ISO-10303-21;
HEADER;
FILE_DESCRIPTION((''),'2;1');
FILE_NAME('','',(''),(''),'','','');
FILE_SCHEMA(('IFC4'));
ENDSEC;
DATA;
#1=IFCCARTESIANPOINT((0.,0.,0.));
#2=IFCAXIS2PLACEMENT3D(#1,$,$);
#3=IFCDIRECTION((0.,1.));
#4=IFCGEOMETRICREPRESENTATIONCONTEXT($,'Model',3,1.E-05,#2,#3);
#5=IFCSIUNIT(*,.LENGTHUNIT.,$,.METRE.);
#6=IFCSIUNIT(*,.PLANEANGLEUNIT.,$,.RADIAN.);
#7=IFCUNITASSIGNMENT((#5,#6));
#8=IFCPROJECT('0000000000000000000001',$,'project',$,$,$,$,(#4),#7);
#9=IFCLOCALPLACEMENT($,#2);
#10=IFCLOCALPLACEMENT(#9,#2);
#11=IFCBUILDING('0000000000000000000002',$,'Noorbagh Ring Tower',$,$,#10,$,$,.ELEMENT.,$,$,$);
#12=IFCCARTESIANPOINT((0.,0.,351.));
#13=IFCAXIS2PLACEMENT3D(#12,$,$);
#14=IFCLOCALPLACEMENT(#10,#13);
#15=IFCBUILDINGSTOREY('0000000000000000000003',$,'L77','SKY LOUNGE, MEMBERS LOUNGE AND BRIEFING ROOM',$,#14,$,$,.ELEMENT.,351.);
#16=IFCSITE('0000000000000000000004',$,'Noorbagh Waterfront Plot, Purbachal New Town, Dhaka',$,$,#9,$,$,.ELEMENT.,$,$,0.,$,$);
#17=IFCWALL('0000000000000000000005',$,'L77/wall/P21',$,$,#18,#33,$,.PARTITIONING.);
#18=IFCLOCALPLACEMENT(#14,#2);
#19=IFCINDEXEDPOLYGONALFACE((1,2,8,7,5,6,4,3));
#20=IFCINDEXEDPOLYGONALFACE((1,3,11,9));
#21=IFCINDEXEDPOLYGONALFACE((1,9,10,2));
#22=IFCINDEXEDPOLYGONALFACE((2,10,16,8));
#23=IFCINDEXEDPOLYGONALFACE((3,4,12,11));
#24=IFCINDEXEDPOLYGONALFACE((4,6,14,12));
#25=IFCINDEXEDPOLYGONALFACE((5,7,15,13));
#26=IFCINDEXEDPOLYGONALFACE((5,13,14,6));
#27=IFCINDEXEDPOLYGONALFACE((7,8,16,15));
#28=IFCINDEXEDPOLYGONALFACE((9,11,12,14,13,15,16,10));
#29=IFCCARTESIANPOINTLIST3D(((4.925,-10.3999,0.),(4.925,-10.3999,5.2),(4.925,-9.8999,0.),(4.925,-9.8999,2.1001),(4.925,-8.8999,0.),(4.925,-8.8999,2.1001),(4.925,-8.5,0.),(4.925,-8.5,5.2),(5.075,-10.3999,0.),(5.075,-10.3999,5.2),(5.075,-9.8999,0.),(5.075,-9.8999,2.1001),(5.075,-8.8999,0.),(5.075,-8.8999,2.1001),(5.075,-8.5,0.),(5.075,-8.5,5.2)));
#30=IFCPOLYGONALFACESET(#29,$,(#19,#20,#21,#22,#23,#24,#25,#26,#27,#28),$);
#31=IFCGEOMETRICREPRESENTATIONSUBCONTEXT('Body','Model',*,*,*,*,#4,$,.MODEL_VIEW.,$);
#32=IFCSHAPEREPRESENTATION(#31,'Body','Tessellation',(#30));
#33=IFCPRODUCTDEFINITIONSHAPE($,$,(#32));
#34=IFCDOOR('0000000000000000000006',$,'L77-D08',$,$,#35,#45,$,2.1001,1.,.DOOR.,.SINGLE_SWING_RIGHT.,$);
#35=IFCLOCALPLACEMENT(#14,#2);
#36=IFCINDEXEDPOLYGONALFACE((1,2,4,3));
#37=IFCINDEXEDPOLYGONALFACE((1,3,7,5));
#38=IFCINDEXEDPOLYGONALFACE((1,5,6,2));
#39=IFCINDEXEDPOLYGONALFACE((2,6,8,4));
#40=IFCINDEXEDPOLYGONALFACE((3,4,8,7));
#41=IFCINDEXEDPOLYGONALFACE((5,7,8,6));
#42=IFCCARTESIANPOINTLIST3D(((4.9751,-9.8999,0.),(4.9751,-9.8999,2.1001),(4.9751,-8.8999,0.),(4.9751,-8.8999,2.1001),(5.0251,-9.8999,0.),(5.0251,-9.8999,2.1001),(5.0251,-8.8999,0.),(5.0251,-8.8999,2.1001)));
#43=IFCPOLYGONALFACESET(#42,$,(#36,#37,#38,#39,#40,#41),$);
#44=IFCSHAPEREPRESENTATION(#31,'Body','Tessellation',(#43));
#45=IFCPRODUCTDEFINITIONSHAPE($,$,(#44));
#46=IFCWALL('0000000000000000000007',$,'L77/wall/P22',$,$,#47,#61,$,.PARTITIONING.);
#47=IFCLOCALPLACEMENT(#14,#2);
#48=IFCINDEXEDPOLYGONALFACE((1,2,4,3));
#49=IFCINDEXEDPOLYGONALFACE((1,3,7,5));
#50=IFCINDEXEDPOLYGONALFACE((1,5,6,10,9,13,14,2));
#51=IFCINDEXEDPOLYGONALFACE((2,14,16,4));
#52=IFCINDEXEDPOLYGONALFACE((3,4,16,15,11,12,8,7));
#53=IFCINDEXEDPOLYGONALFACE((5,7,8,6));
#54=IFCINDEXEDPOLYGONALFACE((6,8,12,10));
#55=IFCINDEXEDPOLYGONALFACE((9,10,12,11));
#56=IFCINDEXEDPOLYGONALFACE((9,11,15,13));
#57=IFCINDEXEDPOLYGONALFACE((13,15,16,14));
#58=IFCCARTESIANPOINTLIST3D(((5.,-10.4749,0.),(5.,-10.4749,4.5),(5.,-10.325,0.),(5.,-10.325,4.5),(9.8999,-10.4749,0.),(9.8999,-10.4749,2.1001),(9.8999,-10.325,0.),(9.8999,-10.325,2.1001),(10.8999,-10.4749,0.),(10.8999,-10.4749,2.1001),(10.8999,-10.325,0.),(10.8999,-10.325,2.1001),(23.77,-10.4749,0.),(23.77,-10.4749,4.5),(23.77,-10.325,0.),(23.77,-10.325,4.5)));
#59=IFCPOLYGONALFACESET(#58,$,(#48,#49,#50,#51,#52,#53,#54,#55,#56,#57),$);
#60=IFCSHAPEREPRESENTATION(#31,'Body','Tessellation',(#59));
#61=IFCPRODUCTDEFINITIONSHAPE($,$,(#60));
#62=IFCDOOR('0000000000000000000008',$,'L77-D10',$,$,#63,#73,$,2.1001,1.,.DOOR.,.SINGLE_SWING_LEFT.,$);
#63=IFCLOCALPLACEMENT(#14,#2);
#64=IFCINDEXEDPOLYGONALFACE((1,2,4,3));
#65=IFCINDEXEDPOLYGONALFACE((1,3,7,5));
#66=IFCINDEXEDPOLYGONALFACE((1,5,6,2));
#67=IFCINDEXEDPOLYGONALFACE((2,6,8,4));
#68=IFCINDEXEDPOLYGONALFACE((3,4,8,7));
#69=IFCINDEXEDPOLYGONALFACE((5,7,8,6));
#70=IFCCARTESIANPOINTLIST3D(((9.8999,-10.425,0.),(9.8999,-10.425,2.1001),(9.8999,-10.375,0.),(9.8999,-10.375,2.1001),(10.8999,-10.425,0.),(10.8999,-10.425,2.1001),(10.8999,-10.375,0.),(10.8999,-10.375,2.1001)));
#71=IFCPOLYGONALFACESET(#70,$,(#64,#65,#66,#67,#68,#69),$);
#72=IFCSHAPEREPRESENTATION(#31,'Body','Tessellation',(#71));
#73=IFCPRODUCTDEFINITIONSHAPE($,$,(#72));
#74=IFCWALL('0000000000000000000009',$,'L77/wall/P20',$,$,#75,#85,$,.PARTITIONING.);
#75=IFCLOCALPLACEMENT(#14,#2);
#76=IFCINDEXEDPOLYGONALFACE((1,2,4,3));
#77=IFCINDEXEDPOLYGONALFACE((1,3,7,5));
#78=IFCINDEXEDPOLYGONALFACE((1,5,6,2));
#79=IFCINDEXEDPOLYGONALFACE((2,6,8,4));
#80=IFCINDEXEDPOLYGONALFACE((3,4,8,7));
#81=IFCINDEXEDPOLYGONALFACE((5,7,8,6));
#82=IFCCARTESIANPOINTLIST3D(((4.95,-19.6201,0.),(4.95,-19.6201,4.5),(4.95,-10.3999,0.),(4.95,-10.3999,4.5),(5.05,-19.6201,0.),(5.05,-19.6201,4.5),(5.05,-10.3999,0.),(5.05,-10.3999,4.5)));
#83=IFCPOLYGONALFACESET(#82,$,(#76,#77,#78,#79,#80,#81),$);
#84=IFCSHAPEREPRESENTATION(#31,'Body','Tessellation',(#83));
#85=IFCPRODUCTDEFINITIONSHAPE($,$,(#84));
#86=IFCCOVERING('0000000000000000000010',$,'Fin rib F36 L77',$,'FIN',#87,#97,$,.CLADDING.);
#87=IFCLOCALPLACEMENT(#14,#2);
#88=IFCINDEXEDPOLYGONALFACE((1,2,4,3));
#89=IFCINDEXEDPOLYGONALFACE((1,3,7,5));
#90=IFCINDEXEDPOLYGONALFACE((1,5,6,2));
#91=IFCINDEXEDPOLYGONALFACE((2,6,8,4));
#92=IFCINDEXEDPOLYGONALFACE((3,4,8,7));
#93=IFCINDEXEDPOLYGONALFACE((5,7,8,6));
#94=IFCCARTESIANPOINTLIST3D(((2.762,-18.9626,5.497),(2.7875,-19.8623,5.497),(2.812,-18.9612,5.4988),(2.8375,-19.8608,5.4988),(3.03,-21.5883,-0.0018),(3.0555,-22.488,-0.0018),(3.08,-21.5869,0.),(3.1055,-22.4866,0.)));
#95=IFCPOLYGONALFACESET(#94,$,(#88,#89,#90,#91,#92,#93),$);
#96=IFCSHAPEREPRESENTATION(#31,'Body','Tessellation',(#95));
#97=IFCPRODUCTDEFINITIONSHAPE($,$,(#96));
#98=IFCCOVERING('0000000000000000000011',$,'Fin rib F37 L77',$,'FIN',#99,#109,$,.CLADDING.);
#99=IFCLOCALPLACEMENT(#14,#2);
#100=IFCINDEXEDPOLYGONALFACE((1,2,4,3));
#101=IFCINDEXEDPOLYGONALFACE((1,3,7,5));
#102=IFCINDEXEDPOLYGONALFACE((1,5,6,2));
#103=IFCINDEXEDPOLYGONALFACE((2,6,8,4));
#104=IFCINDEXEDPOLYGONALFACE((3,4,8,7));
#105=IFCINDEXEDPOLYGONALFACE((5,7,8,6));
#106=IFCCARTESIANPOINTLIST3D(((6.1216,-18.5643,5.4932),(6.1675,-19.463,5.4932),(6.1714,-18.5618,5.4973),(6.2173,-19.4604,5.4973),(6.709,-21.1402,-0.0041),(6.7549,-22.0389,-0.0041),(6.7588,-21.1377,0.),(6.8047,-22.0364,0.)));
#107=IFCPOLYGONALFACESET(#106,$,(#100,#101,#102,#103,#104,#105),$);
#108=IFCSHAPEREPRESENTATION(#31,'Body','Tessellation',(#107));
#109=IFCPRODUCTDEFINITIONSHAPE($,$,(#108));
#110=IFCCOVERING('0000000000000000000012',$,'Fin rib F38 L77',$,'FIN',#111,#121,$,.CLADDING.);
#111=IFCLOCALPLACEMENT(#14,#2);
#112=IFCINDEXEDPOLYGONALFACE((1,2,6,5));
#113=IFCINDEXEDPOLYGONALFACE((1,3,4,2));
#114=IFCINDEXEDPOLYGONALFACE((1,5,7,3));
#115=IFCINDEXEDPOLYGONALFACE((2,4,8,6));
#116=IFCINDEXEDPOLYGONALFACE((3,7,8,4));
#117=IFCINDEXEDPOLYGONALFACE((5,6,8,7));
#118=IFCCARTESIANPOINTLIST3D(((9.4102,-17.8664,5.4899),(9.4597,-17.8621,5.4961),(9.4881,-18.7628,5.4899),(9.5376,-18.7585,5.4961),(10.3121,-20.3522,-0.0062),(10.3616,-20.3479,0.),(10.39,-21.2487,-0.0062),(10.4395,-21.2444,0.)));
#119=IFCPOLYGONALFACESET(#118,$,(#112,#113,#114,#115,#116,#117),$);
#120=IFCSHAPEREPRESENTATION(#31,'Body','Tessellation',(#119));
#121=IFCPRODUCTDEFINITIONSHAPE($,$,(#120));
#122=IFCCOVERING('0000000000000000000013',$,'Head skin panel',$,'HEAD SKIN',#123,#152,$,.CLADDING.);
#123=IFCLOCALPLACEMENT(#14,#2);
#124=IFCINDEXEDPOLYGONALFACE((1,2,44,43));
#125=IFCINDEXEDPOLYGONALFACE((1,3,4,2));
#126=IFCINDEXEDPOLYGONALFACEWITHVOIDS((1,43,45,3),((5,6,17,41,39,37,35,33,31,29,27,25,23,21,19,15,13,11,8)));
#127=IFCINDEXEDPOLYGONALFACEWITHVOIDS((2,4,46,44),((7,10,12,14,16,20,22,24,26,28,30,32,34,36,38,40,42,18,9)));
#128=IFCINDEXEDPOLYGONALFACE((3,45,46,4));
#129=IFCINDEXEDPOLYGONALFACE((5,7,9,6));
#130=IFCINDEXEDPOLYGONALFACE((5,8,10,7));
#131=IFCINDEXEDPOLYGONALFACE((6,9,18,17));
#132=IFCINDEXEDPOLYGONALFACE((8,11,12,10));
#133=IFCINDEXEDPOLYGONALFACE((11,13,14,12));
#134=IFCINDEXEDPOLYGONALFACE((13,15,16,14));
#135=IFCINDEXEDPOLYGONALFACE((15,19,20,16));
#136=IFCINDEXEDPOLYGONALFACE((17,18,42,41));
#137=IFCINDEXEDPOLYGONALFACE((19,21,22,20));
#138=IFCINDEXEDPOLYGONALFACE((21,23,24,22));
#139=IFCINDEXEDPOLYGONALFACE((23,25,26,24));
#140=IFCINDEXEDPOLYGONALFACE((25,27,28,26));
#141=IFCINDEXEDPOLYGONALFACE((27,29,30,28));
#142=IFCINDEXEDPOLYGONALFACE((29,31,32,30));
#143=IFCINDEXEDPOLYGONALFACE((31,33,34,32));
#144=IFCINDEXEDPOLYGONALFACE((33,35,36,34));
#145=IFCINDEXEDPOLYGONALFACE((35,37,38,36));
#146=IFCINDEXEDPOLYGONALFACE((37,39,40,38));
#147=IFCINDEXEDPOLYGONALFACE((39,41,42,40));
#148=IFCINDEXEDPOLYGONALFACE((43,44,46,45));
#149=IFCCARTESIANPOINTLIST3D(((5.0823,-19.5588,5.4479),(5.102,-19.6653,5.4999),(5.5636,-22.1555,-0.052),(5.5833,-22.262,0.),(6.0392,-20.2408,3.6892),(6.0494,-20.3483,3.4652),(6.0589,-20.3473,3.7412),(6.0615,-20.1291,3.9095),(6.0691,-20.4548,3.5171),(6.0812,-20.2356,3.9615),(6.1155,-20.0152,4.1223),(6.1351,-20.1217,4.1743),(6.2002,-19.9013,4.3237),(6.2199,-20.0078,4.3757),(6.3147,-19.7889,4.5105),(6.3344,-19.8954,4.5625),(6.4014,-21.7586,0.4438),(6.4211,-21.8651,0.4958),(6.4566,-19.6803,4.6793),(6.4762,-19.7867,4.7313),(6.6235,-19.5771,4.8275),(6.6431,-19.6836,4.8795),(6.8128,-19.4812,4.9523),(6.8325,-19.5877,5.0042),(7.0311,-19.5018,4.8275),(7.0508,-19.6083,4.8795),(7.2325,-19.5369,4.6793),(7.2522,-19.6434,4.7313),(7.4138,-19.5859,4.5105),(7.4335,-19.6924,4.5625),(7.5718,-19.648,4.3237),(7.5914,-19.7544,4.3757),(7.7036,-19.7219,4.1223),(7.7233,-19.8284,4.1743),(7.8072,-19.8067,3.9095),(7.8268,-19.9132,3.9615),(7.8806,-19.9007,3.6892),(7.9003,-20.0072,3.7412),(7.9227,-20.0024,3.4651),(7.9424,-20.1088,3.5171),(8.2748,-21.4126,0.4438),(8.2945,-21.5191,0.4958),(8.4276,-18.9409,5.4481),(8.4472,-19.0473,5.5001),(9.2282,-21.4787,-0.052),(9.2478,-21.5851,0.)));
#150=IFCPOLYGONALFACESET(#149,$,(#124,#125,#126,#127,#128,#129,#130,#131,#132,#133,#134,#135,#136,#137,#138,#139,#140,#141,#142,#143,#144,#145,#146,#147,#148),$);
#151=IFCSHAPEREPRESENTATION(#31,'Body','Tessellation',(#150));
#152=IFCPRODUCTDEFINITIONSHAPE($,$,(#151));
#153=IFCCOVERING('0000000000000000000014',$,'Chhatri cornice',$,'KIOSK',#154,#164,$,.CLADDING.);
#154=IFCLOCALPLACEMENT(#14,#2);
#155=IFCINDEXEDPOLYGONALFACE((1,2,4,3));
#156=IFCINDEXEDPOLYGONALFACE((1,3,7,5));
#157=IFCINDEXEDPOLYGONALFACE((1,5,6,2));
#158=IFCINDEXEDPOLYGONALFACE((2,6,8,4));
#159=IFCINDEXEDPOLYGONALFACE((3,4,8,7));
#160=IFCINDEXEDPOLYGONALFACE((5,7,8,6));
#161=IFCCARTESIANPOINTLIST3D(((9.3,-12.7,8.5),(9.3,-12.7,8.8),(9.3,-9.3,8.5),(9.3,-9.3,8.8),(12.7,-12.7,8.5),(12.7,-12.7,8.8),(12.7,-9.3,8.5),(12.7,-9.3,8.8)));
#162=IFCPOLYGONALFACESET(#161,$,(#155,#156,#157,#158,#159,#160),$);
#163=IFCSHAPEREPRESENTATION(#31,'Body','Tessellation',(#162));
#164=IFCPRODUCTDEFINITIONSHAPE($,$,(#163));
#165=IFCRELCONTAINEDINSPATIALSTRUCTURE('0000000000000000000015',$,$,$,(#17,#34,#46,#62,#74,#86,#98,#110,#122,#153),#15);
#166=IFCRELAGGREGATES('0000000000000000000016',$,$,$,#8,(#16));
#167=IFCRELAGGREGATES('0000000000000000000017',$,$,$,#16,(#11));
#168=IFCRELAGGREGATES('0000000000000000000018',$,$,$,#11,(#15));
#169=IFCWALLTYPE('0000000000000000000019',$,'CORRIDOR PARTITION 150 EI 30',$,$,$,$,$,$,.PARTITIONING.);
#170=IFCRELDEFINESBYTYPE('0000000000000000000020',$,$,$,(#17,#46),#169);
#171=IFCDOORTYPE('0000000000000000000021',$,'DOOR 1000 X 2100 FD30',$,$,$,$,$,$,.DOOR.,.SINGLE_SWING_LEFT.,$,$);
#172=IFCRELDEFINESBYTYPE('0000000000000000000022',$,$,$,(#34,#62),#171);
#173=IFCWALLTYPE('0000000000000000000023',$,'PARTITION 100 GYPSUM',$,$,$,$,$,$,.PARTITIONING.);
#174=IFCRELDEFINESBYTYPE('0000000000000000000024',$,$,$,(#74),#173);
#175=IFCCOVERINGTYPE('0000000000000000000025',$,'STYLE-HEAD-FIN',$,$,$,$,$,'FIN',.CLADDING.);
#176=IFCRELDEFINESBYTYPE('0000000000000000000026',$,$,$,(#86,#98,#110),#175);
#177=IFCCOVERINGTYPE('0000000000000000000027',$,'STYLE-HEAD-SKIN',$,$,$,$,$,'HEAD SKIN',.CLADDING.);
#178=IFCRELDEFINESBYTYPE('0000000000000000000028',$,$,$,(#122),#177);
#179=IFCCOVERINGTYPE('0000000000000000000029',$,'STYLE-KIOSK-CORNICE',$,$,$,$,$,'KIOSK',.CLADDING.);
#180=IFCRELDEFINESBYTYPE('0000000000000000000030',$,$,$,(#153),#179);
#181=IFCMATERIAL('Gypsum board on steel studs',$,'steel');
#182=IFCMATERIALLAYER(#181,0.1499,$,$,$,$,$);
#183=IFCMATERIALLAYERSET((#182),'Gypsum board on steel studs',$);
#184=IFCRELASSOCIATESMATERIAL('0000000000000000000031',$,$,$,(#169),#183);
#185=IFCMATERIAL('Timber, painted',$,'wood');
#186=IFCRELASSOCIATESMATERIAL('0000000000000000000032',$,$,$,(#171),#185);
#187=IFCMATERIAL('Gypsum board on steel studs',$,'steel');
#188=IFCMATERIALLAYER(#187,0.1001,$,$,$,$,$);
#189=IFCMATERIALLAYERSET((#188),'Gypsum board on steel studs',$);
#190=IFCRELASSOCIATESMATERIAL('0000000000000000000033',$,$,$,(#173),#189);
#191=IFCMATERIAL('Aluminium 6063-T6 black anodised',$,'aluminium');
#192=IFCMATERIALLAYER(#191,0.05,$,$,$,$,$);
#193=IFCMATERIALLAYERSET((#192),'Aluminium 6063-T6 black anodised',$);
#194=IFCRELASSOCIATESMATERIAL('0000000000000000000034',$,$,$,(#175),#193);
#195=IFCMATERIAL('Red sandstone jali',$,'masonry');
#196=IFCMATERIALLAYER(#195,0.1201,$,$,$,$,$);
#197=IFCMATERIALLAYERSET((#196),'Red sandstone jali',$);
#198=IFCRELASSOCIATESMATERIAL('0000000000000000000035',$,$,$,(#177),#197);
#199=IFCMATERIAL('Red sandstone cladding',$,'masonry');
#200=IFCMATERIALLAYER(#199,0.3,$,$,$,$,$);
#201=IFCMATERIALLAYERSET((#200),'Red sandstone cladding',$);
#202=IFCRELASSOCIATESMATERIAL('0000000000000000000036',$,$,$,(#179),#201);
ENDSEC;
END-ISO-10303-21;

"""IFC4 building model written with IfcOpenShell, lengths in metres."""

from ifc_helpers import new_model, si_unit, direction, frame, frame_2d, origin, origin_2d, place, context, subcontext, project, spatial, polyline, rectangle, outline, extrude, material, layer, layer_set, type_object, element, fill, save


model = new_model("IFC4")

# Units and contexts
model_context = context("Model", 3, precision=1e-05, world=origin(), true_north=direction((0.0, 1.0)))
body_context = subcontext(model_context, "Body", "Model", "MODEL_VIEW")
ifc_project = project(units=[si_unit("LENGTHUNIT", "METRE"), si_unit("PLANEANGLEUNIT", "RADIAN")], contexts=[model_context])

# Site, building, storey
site_placement = place(None, origin())
site = spatial("IfcSite", under=ifc_project, at=site_placement, Name="Noorbagh Waterfront Plot, Purbachal New Town, Dhaka", CompositionType="ELEMENT", RefElevation=0.0)
building_placement = place(site_placement, origin())
building = spatial("IfcBuilding", under=site, at=building_placement, Name="Noorbagh Ring Tower", CompositionType="ELEMENT")
storey_placement = place(building_placement, frame((0.0, 0.0, 351.0)))
storey = spatial("IfcBuildingStorey", under=building, at=storey_placement, Name="L77", Description="SKY LOUNGE, MEMBERS LOUNGE AND BRIEFING ROOM", CompositionType="ELEMENT", Elevation=351.0)

# Walls, openings, doors
ifc_material_1 = material(Name="Gypsum board on steel studs", Category="steel")
ifc_layer_1 = layer(ifc_material_1, 0.1499)
ifc_layer_set_1 = layer_set([ifc_layer_1], Name="Gypsum board on steel studs")
wall_type_1 = type_object("IfcWallType", Name="CORRIDOR PARTITION 150 EI 30", PredefinedType="PARTITIONING", material=ifc_layer_set_1)
wall_1_placement = place(storey_placement, frame((5.0, -10.3999, 0.0), z_axis=(0.0, 0.0, 1.0), x_axis=(0.0, 1.0, 0.0)))
wall_1 = element("IfcWall", 1, at=wall_1_placement, inside=storey, type_object=wall_type_1, Name="L77/wall/P21", PredefinedType="PARTITIONING", context=body_context, shape_type="SweptSolid", body=[
    extrude(rectangle(XDim=1.8999, YDim=0.1499, at=frame_2d((0.95, 0.0))), origin(), (0.0, 0.0, 1.0), 5.2),
])
opening_1_placement = place(wall_1_placement, frame((0.5, 0.0, 0.0)))
opening_1 = element("IfcOpeningElement", 2, at=opening_1_placement, cuts=wall_1, PredefinedType="OPENING", context=body_context, shape_type="SweptSolid", body=[
    extrude(rectangle(XDim=1.0, YDim=2.1001, at=frame_2d((0.5, 1.05))), frame((0.0, 0.085, 0.0), z_axis=(0.0, -1.0, 0.0), x_axis=(1.0, 0.0, 0.0)), (0.0, 0.0, 1.0), 0.1699),
])
ifc_material_2 = material(Name="Timber, painted", Category="wood")
door_type = type_object("IfcDoorType", Name="DOOR 1000 X 2100 FD30", OperationType="SINGLE_SWING_LEFT", PredefinedType="DOOR", material=ifc_material_2)
door_1_placement = place(opening_1_placement, origin())
door_1 = element("IfcDoor", 3, at=door_1_placement, inside=storey, type_object=door_type, Name="L77-D08", OperationType="SINGLE_SWING_RIGHT", OverallHeight=2.1001, OverallWidth=1.0, PredefinedType="DOOR", context=body_context, shape_type="SweptSolid", body=[
    extrude(rectangle(XDim=1.0, YDim=2.1001, at=frame_2d((0.5, 1.05))), frame((0.0, 0.0249, 0.0), z_axis=(0.0, -1.0, 0.0), x_axis=(1.0, 0.0, 0.0)), (0.0, 0.0, 1.0), 0.05),
])
fill(opening_1, door_1)
wall_2_placement = place(storey_placement, frame((5.0, -10.3999, 0.0), z_axis=(0.0, 0.0, 1.0), x_axis=(1.0, 0.0, 0.0)))
wall_2 = element("IfcWall", 4, at=wall_2_placement, inside=storey, type_object=wall_type_1, Name="L77/wall/P22", PredefinedType="PARTITIONING", context=body_context, shape_type="SweptSolid", body=[
    extrude(rectangle(XDim=18.77, YDim=0.1499, at=frame_2d((9.385, 0.0))), origin(), (0.0, 0.0, 1.0), 4.5),
])
opening_2_placement = place(wall_2_placement, frame((4.8999, 0.0, 0.0)))
opening_2 = element("IfcOpeningElement", 5, at=opening_2_placement, cuts=wall_2, PredefinedType="OPENING", context=body_context, shape_type="SweptSolid", body=[
    extrude(rectangle(XDim=1.0, YDim=2.1001, at=frame_2d((0.5, 1.05))), frame((0.0, 0.085, 0.0), z_axis=(0.0, -1.0, 0.0), x_axis=(1.0, 0.0, 0.0)), (0.0, 0.0, 1.0), 0.1699),
])
door_2_placement = place(opening_2_placement, origin())
door_2 = element("IfcDoor", 6, at=door_2_placement, inside=storey, type_object=door_type, Name="L77-D10", OperationType="SINGLE_SWING_LEFT", OverallHeight=2.1001, OverallWidth=1.0, PredefinedType="DOOR", context=body_context, shape_type="SweptSolid", body=[
    extrude(rectangle(XDim=1.0, YDim=2.1001, at=frame_2d((0.5, 1.05))), frame((0.0, 0.0249, 0.0), z_axis=(0.0, -1.0, 0.0), x_axis=(1.0, 0.0, 0.0)), (0.0, 0.0, 1.0), 0.05),
])
fill(opening_2, door_2)

# Wall
ifc_material_3 = material(Name="Gypsum board on steel studs", Category="steel")
ifc_layer_2 = layer(ifc_material_3, 0.1001)
ifc_layer_set_2 = layer_set([ifc_layer_2], Name="Gypsum board on steel studs")
wall_type_2 = type_object("IfcWallType", Name="PARTITION 100 GYPSUM", PredefinedType="PARTITIONING", material=ifc_layer_set_2)
wall_3_placement = place(storey_placement, frame((5.0, -19.6201, 0.0), z_axis=(0.0, 0.0, 1.0), x_axis=(0.0, 1.0, 0.0)))
element("IfcWall", 7, at=wall_3_placement, inside=storey, type_object=wall_type_2, Name="L77/wall/P20", PredefinedType="PARTITIONING", context=body_context, shape_type="SweptSolid", body=[
    extrude(rectangle(XDim=9.2202, YDim=0.1001, at=frame_2d((4.6101, 0.0))), origin(), (0.0, 0.0, 1.0), 4.5),
])

# Coverings
ifc_material_4 = material(Name="Aluminium 6063-T6 black anodised", Category="aluminium")
ifc_layer_3 = layer(ifc_material_4, 0.05)
ifc_layer_set_3 = layer_set([ifc_layer_3], Name="Aluminium 6063-T6 black anodised")
covering_type_1 = type_object("IfcCoveringType", Name="STYLE-HEAD-FIN", ElementType="FIN", PredefinedType="CLADDING", material=ifc_layer_set_3)
covering_1_placement = place(storey_placement, frame((3.1055, -22.4866, 0.0), z_axis=(0.99898, 0.028329, 0.035151), x_axis=(-0.04393, 0.430489, 0.901526)))
element("IfcCovering", 8, at=covering_1_placement, inside=storey, type_object=covering_type_1, Name="Fin rib F36 L77", ObjectType="FIN", PredefinedType="CLADDING", context=body_context, shape_type="SweptSolid", body=[
    extrude(outline(polyline([(0.0, 0.0), (6.0994, 0.0), (6.4878, -0.8119), (0.3884, -0.8119), (0.0, 0.0)])), origin(), (0.0, 0.0, -1.0), 0.05),
])
covering_2_placement = place(storey_placement, frame((6.8047, -22.0364, 0.0), z_axis=(0.995291, 0.050833, 0.08253), x_axis=(-0.096307, 0.422335, 0.901309)))
element("IfcCovering", 9, at=covering_2_placement, inside=storey, type_object=covering_type_1, Name="Fin rib F37 L77", ObjectType="FIN", PredefinedType="CLADDING", context=body_context, shape_type="SweptSolid", body=[
    extrude(outline(polyline([(0.0, 0.0), (6.0993, 0.0), (6.4832, -0.8138), (0.384, -0.8138), (0.0, 0.0)])), origin(), (0.0, 0.0, -1.0), 0.05),
])
covering_3_placement = place(storey_placement, frame((10.4395, -21.2444, 0.0), z_axis=(0.988636, 0.085886, 0.12338), x_axis=(-0.147865, 0.407571, 0.901123)))
element("IfcCovering", 10, at=covering_3_placement, inside=storey, type_object=covering_type_1, Name="Fin rib F38 L77", ObjectType="FIN", PredefinedType="CLADDING", context=body_context, shape_type="SweptSolid", body=[
    extrude(outline(polyline([(0.0, 0.0), (6.0992, 0.0), (6.4761, -0.8171), (0.3769, -0.8171), (0.0, 0.0)])), origin(), (0.0, 0.0, -1.0), 0.05),
])
ifc_material_5 = material(Name="Red sandstone jali", Category="masonry")
ifc_layer_4 = layer(ifc_material_5, 0.1201)
ifc_layer_set_4 = layer_set([ifc_layer_4], Name="Red sandstone jali")
covering_type_2 = type_object("IfcCoveringType", Name="STYLE-HEAD-SKIN", ElementType="HEAD SKIN", PredefinedType="CLADDING", material=ifc_layer_set_4)
covering_4_placement = place(storey_placement, frame((5.5833, -22.262, 0.0), z_axis=(0.163727, -0.886469, 0.432859), x_axis=(0.983369, 0.181621, -0.000007)))
element("IfcCovering", 11, at=covering_4_placement, inside=storey, type_object=covering_type_2, Name="Head skin panel", ObjectType="HEAD SKIN", PredefinedType="CLADDING", context=body_context, shape_type="SweptSolid", body=[
    extrude(outline(polyline([(0.0, 0.0), (3.7266, 0.0), (3.4001, 6.1013), (-0.0017, 6.1011), (0.0, 0.0)]), holes=[polyline([(0.896, 0.55), (0.8059, 3.9016), (0.8154, 4.1501), (0.8577, 4.3945), (0.9314, 4.6306), (1.0354, 4.854), (1.1685, 5.0613), (1.3276, 5.2485), (1.5105, 5.4128), (1.7141, 5.5513), (1.925, 5.4128), (2.1167, 5.2485), (2.2861, 5.0613), (2.4302, 4.854), (2.5464, 4.6306), (2.6328, 4.3945), (2.688, 4.1501), (2.7109, 3.9016), (2.801, 0.55), (0.896, 0.55)])]), origin(), (0.0, 0.0, -1.0), 0.1201),
])
ifc_material_6 = material(Name="Red sandstone cladding", Category="masonry")
ifc_layer_5 = layer(ifc_material_6, 0.3)
ifc_layer_set_5 = layer_set([ifc_layer_5], Name="Red sandstone cladding")
covering_type_3 = type_object("IfcCoveringType", Name="STYLE-KIOSK-CORNICE", ElementType="KIOSK", PredefinedType="CLADDING", material=ifc_layer_set_5)
covering_5_placement = place(storey_placement, frame((11.0, -11.0, 8.5), z_axis=(0.0, 0.0, 1.0), x_axis=(1.0, 0.0, 0.0)))
element("IfcCovering", 12, at=covering_5_placement, inside=storey, type_object=covering_type_3, Name="Chhatri cornice", ObjectType="KIOSK", PredefinedType="CLADDING", context=body_context, shape_type="SweptSolid", body=[
    extrude(rectangle(XDim=3.3999, YDim=3.3999, at=origin_2d()), origin(), (0.0, 0.0, 1.0), 0.3),
])

save(model, "model.ifc")
